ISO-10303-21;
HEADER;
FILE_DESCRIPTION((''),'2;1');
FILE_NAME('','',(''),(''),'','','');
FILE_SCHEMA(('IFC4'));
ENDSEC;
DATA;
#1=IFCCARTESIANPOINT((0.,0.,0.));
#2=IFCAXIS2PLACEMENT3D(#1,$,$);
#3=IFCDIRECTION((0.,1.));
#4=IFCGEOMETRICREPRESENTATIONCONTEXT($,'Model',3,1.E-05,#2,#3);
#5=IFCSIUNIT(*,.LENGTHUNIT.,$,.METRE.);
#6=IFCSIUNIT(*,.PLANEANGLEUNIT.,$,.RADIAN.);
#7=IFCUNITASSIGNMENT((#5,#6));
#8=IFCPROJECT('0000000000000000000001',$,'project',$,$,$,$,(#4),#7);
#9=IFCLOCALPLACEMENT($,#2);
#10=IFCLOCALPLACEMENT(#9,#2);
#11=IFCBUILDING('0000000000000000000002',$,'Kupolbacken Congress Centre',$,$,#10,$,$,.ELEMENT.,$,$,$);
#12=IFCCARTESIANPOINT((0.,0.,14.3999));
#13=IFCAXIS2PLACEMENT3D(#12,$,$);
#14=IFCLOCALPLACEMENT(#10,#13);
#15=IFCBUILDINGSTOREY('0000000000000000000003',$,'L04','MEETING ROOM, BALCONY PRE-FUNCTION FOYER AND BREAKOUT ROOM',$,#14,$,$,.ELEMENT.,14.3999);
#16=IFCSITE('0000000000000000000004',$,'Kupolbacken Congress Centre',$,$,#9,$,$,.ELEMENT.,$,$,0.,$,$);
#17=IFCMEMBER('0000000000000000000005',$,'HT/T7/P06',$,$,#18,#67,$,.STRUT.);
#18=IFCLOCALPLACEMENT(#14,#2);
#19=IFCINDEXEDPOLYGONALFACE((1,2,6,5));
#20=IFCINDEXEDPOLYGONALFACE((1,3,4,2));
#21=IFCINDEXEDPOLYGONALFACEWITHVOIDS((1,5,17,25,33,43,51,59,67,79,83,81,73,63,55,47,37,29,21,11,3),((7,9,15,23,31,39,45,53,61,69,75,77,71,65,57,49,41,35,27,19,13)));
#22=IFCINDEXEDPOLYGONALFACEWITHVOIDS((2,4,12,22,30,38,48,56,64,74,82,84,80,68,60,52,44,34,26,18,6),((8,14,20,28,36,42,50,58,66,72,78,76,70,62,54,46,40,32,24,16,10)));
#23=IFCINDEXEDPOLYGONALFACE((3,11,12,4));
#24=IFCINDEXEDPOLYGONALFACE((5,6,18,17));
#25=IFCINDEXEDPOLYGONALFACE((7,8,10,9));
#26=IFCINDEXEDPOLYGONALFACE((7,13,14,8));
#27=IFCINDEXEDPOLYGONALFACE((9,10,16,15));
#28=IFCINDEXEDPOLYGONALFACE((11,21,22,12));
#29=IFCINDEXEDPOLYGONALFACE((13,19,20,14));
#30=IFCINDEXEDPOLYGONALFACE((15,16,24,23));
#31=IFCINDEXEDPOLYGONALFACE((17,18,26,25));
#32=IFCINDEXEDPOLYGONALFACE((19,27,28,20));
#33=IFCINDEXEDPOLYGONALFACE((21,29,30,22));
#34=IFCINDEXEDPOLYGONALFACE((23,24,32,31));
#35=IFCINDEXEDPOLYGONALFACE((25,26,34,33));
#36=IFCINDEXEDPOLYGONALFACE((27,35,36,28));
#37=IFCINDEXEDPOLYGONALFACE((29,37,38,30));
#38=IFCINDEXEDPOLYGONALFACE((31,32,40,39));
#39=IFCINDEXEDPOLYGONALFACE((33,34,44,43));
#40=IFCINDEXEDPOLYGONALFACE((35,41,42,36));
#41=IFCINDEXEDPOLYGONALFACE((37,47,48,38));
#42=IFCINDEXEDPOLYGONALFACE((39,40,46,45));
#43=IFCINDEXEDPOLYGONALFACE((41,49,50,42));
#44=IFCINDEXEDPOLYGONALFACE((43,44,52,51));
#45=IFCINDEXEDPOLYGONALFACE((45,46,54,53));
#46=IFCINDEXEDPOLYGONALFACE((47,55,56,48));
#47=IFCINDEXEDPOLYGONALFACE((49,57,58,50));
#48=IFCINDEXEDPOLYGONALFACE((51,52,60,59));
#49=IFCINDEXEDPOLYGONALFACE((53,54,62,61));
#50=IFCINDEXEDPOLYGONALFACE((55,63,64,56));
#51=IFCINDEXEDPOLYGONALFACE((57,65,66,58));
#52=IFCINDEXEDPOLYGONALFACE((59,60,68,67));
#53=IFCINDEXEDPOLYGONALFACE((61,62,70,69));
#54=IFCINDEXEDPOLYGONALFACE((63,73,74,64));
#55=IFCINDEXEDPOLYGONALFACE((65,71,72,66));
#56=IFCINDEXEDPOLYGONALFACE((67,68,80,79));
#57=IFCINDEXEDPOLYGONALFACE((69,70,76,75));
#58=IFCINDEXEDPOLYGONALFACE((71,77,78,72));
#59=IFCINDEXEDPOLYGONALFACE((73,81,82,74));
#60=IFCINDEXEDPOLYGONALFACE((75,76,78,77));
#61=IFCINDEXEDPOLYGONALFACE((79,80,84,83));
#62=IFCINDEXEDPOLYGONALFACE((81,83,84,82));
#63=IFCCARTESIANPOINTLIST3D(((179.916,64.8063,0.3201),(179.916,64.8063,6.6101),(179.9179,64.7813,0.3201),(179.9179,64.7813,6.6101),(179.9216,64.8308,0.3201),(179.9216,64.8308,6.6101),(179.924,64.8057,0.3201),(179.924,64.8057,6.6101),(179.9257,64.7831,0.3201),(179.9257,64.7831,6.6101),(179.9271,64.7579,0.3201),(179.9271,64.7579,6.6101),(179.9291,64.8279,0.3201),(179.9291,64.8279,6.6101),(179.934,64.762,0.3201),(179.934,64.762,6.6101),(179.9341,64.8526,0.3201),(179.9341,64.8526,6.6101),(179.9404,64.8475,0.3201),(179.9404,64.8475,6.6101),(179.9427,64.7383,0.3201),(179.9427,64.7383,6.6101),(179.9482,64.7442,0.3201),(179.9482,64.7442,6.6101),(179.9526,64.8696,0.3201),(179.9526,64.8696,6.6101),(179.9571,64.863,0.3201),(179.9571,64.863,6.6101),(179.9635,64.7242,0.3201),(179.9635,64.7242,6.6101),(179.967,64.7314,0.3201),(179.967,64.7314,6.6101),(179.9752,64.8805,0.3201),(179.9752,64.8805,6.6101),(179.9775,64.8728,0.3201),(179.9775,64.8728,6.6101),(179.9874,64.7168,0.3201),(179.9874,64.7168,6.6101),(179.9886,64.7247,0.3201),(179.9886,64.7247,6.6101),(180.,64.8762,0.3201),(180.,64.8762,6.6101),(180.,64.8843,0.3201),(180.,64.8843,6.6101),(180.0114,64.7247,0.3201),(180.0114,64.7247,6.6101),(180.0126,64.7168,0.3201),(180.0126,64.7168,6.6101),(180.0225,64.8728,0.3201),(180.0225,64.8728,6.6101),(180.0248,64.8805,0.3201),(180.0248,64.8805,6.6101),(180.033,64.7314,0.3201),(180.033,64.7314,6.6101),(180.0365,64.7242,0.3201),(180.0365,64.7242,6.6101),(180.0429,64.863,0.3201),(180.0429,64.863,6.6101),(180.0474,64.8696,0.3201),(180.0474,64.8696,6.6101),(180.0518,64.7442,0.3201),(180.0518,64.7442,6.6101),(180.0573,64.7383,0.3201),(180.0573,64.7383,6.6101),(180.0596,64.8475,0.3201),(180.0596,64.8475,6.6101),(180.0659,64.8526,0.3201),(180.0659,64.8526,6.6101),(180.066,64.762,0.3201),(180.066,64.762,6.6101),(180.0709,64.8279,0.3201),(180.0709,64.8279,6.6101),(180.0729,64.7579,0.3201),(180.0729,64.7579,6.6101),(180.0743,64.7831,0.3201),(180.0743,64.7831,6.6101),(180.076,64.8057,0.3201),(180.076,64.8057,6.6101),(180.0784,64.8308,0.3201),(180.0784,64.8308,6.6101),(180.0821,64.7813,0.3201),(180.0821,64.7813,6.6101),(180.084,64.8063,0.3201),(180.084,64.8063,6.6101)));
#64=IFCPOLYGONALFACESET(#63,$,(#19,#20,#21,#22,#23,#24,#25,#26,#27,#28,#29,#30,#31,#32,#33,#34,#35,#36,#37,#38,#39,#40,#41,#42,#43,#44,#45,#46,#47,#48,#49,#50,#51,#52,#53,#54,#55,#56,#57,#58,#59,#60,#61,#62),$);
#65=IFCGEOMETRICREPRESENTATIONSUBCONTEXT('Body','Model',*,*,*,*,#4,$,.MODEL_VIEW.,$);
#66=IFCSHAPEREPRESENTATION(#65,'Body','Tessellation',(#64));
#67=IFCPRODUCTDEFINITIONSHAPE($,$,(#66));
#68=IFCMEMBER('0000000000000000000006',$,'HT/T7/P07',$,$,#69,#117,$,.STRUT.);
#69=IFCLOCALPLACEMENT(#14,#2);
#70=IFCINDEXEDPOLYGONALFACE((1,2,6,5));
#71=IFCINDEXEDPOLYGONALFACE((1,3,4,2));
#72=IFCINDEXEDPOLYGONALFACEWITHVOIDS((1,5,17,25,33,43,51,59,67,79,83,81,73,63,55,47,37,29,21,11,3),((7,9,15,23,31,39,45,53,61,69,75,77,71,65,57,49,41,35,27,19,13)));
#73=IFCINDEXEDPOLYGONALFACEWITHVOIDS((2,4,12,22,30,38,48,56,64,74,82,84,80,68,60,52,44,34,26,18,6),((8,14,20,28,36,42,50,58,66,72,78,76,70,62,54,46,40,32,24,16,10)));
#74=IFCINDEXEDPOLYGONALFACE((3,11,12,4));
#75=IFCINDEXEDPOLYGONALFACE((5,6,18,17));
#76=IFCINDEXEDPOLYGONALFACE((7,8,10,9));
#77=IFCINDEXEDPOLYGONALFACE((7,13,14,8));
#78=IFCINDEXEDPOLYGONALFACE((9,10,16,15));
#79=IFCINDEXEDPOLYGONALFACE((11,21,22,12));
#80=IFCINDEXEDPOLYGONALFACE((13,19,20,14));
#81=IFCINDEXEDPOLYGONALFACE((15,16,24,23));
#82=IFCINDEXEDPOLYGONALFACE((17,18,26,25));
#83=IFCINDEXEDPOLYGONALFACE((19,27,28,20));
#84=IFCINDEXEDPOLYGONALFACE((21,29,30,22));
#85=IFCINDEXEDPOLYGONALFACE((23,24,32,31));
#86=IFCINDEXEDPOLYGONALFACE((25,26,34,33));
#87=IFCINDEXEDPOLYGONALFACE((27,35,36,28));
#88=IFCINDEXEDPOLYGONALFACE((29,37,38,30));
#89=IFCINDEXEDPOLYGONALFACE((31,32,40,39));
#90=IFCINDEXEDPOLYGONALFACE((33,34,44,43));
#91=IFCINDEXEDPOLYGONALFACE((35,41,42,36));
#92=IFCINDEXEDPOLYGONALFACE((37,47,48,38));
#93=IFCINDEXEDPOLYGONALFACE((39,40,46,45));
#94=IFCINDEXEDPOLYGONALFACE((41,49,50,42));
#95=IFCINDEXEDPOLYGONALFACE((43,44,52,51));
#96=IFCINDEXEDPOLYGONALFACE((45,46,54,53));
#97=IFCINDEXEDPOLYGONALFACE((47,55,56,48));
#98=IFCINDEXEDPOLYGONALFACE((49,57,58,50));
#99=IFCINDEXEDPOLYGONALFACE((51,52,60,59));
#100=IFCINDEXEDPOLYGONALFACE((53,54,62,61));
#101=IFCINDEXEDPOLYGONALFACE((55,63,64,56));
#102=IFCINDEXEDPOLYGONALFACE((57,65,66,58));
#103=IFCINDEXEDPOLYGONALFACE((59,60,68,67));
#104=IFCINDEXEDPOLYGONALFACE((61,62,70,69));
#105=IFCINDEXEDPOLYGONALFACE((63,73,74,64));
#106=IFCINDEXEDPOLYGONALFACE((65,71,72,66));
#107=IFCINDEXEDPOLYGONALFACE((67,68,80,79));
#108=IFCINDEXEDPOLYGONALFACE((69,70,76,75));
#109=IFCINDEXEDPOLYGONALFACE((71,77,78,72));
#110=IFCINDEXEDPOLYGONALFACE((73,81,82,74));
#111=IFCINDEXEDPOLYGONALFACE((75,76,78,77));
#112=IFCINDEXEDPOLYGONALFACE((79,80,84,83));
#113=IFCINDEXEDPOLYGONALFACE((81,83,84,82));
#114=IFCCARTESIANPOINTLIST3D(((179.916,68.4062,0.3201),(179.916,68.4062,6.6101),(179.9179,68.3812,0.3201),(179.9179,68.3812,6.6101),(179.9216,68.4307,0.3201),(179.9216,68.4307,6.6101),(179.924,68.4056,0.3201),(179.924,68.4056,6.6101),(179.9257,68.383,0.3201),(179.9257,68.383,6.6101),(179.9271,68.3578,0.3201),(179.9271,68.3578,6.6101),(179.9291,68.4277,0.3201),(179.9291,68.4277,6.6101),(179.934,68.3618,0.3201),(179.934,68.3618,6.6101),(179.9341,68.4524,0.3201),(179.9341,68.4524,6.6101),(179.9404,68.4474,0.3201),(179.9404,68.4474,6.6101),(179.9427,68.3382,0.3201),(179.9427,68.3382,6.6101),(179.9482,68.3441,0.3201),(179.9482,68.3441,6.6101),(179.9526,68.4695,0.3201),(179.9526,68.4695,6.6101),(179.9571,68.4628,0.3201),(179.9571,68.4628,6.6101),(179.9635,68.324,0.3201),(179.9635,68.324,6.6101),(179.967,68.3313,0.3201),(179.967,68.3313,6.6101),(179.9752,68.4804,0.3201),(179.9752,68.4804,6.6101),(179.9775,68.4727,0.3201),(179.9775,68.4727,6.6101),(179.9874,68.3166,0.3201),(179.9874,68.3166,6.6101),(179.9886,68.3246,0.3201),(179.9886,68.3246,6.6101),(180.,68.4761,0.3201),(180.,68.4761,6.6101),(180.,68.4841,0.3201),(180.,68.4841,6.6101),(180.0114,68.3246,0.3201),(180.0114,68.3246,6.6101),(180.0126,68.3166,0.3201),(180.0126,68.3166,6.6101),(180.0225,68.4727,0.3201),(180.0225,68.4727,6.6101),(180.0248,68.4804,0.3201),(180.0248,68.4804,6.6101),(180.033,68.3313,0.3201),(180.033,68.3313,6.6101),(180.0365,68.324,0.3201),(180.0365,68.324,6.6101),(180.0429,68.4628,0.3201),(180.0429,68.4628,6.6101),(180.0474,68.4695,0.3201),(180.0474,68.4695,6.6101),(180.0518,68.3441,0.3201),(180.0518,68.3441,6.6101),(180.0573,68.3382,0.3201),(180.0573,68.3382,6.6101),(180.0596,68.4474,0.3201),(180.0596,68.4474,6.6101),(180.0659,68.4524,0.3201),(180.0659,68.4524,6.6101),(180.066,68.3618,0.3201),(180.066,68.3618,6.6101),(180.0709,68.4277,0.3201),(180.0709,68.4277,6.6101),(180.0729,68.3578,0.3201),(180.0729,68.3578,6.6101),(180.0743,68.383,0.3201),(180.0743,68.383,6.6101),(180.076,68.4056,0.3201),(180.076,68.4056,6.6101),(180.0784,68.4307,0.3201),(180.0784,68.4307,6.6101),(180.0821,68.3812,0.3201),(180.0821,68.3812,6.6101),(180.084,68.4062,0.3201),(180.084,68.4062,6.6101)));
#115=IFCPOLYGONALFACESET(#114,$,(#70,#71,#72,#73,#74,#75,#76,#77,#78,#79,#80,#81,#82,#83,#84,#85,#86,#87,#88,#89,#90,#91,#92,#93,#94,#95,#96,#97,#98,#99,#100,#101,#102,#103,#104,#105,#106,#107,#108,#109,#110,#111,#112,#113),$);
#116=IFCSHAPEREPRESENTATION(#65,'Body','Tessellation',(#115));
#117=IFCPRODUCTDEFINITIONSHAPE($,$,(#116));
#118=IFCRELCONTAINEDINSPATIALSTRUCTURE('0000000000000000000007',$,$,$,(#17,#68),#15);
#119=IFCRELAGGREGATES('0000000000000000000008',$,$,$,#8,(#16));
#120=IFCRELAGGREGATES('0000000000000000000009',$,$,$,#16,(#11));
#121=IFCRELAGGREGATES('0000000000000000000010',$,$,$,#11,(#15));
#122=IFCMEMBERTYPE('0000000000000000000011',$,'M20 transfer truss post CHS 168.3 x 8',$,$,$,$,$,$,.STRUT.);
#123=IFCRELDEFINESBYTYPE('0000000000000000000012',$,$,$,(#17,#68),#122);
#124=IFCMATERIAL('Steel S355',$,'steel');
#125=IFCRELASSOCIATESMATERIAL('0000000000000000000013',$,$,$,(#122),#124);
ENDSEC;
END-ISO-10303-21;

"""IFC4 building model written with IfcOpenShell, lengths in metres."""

from ifc_helpers import new_model, si_unit, direction, frame, origin, origin_2d, place, context, subcontext, project, spatial, hollow_circle, extrude, material, material_profile, profile_set, type_object, element, save


model = new_model("IFC4")

# Units and contexts
model_context = context("Model", 3, precision=1e-05, world=origin(), true_north=direction((0.0, 1.0)))
body_context = subcontext(model_context, "Body", "Model", "MODEL_VIEW")
ifc_project = project(units=[si_unit("LENGTHUNIT", "METRE"), si_unit("PLANEANGLEUNIT", "RADIAN")], contexts=[model_context])

# Site, building, storey
site_placement = place(None, origin())
site = spatial("IfcSite", under=ifc_project, at=site_placement, Name="Kupolbacken Congress Centre", CompositionType="ELEMENT", RefElevation=0.0)
building_placement = place(site_placement, origin())
building = spatial("IfcBuilding", under=site, at=building_placement, Name="Kupolbacken Congress Centre", CompositionType="ELEMENT")
storey_placement = place(building_placement, frame((0.0, 0.0, 14.3999)))
storey = spatial("IfcBuildingStorey", under=building, at=storey_placement, Name="L04", Description="MEETING ROOM, BALCONY PRE-FUNCTION FOYER AND BREAKOUT ROOM", CompositionType="ELEMENT", Elevation=14.3999)

# Members
ifc_material_1 = material(Name="Steel S355", Category="steel")
ifc_material_profile_1 = material_profile(ifc_material_1, hollow_circle(Radius=0.0842, WallThickness=0.0081, at=origin_2d()), Name="CHS 168.3 x 8")
ifc_profile_set_1 = profile_set([ifc_material_profile_1], Name="Steel S355")
member_type_1 = type_object("IfcMemberType", Name="M20 transfer truss post CHS 168.3 x 8", PredefinedType="STRUT", material=ifc_profile_set_1)
for number, where, z_axis, x_axis, name in (
    (1, (180.0, 64.8, 0.3201), (0.0, 0.0, 1.0), (0.0, 1.0, 0.0), "HT/T7/P06"),
    (2, (180.0, 68.3999, 0.3201), (0.0, 0.0, 1.0), (0.0, 1.0, 0.0), "HT/T7/P07"),
):
    element("IfcMember", number, at=place(storey_placement, frame(where, z_axis=z_axis, x_axis=x_axis)), inside=storey, type_object=member_type_1, Name=name, PredefinedType="STRUT", context=body_context, shape_type="SweptSolid", body=[
        extrude(hollow_circle(Radius=0.0842, WallThickness=0.0081, at=origin_2d()), origin(), (0.0, 0.0, 1.0), 6.29),
    ])

save(model, "model.ifc")
